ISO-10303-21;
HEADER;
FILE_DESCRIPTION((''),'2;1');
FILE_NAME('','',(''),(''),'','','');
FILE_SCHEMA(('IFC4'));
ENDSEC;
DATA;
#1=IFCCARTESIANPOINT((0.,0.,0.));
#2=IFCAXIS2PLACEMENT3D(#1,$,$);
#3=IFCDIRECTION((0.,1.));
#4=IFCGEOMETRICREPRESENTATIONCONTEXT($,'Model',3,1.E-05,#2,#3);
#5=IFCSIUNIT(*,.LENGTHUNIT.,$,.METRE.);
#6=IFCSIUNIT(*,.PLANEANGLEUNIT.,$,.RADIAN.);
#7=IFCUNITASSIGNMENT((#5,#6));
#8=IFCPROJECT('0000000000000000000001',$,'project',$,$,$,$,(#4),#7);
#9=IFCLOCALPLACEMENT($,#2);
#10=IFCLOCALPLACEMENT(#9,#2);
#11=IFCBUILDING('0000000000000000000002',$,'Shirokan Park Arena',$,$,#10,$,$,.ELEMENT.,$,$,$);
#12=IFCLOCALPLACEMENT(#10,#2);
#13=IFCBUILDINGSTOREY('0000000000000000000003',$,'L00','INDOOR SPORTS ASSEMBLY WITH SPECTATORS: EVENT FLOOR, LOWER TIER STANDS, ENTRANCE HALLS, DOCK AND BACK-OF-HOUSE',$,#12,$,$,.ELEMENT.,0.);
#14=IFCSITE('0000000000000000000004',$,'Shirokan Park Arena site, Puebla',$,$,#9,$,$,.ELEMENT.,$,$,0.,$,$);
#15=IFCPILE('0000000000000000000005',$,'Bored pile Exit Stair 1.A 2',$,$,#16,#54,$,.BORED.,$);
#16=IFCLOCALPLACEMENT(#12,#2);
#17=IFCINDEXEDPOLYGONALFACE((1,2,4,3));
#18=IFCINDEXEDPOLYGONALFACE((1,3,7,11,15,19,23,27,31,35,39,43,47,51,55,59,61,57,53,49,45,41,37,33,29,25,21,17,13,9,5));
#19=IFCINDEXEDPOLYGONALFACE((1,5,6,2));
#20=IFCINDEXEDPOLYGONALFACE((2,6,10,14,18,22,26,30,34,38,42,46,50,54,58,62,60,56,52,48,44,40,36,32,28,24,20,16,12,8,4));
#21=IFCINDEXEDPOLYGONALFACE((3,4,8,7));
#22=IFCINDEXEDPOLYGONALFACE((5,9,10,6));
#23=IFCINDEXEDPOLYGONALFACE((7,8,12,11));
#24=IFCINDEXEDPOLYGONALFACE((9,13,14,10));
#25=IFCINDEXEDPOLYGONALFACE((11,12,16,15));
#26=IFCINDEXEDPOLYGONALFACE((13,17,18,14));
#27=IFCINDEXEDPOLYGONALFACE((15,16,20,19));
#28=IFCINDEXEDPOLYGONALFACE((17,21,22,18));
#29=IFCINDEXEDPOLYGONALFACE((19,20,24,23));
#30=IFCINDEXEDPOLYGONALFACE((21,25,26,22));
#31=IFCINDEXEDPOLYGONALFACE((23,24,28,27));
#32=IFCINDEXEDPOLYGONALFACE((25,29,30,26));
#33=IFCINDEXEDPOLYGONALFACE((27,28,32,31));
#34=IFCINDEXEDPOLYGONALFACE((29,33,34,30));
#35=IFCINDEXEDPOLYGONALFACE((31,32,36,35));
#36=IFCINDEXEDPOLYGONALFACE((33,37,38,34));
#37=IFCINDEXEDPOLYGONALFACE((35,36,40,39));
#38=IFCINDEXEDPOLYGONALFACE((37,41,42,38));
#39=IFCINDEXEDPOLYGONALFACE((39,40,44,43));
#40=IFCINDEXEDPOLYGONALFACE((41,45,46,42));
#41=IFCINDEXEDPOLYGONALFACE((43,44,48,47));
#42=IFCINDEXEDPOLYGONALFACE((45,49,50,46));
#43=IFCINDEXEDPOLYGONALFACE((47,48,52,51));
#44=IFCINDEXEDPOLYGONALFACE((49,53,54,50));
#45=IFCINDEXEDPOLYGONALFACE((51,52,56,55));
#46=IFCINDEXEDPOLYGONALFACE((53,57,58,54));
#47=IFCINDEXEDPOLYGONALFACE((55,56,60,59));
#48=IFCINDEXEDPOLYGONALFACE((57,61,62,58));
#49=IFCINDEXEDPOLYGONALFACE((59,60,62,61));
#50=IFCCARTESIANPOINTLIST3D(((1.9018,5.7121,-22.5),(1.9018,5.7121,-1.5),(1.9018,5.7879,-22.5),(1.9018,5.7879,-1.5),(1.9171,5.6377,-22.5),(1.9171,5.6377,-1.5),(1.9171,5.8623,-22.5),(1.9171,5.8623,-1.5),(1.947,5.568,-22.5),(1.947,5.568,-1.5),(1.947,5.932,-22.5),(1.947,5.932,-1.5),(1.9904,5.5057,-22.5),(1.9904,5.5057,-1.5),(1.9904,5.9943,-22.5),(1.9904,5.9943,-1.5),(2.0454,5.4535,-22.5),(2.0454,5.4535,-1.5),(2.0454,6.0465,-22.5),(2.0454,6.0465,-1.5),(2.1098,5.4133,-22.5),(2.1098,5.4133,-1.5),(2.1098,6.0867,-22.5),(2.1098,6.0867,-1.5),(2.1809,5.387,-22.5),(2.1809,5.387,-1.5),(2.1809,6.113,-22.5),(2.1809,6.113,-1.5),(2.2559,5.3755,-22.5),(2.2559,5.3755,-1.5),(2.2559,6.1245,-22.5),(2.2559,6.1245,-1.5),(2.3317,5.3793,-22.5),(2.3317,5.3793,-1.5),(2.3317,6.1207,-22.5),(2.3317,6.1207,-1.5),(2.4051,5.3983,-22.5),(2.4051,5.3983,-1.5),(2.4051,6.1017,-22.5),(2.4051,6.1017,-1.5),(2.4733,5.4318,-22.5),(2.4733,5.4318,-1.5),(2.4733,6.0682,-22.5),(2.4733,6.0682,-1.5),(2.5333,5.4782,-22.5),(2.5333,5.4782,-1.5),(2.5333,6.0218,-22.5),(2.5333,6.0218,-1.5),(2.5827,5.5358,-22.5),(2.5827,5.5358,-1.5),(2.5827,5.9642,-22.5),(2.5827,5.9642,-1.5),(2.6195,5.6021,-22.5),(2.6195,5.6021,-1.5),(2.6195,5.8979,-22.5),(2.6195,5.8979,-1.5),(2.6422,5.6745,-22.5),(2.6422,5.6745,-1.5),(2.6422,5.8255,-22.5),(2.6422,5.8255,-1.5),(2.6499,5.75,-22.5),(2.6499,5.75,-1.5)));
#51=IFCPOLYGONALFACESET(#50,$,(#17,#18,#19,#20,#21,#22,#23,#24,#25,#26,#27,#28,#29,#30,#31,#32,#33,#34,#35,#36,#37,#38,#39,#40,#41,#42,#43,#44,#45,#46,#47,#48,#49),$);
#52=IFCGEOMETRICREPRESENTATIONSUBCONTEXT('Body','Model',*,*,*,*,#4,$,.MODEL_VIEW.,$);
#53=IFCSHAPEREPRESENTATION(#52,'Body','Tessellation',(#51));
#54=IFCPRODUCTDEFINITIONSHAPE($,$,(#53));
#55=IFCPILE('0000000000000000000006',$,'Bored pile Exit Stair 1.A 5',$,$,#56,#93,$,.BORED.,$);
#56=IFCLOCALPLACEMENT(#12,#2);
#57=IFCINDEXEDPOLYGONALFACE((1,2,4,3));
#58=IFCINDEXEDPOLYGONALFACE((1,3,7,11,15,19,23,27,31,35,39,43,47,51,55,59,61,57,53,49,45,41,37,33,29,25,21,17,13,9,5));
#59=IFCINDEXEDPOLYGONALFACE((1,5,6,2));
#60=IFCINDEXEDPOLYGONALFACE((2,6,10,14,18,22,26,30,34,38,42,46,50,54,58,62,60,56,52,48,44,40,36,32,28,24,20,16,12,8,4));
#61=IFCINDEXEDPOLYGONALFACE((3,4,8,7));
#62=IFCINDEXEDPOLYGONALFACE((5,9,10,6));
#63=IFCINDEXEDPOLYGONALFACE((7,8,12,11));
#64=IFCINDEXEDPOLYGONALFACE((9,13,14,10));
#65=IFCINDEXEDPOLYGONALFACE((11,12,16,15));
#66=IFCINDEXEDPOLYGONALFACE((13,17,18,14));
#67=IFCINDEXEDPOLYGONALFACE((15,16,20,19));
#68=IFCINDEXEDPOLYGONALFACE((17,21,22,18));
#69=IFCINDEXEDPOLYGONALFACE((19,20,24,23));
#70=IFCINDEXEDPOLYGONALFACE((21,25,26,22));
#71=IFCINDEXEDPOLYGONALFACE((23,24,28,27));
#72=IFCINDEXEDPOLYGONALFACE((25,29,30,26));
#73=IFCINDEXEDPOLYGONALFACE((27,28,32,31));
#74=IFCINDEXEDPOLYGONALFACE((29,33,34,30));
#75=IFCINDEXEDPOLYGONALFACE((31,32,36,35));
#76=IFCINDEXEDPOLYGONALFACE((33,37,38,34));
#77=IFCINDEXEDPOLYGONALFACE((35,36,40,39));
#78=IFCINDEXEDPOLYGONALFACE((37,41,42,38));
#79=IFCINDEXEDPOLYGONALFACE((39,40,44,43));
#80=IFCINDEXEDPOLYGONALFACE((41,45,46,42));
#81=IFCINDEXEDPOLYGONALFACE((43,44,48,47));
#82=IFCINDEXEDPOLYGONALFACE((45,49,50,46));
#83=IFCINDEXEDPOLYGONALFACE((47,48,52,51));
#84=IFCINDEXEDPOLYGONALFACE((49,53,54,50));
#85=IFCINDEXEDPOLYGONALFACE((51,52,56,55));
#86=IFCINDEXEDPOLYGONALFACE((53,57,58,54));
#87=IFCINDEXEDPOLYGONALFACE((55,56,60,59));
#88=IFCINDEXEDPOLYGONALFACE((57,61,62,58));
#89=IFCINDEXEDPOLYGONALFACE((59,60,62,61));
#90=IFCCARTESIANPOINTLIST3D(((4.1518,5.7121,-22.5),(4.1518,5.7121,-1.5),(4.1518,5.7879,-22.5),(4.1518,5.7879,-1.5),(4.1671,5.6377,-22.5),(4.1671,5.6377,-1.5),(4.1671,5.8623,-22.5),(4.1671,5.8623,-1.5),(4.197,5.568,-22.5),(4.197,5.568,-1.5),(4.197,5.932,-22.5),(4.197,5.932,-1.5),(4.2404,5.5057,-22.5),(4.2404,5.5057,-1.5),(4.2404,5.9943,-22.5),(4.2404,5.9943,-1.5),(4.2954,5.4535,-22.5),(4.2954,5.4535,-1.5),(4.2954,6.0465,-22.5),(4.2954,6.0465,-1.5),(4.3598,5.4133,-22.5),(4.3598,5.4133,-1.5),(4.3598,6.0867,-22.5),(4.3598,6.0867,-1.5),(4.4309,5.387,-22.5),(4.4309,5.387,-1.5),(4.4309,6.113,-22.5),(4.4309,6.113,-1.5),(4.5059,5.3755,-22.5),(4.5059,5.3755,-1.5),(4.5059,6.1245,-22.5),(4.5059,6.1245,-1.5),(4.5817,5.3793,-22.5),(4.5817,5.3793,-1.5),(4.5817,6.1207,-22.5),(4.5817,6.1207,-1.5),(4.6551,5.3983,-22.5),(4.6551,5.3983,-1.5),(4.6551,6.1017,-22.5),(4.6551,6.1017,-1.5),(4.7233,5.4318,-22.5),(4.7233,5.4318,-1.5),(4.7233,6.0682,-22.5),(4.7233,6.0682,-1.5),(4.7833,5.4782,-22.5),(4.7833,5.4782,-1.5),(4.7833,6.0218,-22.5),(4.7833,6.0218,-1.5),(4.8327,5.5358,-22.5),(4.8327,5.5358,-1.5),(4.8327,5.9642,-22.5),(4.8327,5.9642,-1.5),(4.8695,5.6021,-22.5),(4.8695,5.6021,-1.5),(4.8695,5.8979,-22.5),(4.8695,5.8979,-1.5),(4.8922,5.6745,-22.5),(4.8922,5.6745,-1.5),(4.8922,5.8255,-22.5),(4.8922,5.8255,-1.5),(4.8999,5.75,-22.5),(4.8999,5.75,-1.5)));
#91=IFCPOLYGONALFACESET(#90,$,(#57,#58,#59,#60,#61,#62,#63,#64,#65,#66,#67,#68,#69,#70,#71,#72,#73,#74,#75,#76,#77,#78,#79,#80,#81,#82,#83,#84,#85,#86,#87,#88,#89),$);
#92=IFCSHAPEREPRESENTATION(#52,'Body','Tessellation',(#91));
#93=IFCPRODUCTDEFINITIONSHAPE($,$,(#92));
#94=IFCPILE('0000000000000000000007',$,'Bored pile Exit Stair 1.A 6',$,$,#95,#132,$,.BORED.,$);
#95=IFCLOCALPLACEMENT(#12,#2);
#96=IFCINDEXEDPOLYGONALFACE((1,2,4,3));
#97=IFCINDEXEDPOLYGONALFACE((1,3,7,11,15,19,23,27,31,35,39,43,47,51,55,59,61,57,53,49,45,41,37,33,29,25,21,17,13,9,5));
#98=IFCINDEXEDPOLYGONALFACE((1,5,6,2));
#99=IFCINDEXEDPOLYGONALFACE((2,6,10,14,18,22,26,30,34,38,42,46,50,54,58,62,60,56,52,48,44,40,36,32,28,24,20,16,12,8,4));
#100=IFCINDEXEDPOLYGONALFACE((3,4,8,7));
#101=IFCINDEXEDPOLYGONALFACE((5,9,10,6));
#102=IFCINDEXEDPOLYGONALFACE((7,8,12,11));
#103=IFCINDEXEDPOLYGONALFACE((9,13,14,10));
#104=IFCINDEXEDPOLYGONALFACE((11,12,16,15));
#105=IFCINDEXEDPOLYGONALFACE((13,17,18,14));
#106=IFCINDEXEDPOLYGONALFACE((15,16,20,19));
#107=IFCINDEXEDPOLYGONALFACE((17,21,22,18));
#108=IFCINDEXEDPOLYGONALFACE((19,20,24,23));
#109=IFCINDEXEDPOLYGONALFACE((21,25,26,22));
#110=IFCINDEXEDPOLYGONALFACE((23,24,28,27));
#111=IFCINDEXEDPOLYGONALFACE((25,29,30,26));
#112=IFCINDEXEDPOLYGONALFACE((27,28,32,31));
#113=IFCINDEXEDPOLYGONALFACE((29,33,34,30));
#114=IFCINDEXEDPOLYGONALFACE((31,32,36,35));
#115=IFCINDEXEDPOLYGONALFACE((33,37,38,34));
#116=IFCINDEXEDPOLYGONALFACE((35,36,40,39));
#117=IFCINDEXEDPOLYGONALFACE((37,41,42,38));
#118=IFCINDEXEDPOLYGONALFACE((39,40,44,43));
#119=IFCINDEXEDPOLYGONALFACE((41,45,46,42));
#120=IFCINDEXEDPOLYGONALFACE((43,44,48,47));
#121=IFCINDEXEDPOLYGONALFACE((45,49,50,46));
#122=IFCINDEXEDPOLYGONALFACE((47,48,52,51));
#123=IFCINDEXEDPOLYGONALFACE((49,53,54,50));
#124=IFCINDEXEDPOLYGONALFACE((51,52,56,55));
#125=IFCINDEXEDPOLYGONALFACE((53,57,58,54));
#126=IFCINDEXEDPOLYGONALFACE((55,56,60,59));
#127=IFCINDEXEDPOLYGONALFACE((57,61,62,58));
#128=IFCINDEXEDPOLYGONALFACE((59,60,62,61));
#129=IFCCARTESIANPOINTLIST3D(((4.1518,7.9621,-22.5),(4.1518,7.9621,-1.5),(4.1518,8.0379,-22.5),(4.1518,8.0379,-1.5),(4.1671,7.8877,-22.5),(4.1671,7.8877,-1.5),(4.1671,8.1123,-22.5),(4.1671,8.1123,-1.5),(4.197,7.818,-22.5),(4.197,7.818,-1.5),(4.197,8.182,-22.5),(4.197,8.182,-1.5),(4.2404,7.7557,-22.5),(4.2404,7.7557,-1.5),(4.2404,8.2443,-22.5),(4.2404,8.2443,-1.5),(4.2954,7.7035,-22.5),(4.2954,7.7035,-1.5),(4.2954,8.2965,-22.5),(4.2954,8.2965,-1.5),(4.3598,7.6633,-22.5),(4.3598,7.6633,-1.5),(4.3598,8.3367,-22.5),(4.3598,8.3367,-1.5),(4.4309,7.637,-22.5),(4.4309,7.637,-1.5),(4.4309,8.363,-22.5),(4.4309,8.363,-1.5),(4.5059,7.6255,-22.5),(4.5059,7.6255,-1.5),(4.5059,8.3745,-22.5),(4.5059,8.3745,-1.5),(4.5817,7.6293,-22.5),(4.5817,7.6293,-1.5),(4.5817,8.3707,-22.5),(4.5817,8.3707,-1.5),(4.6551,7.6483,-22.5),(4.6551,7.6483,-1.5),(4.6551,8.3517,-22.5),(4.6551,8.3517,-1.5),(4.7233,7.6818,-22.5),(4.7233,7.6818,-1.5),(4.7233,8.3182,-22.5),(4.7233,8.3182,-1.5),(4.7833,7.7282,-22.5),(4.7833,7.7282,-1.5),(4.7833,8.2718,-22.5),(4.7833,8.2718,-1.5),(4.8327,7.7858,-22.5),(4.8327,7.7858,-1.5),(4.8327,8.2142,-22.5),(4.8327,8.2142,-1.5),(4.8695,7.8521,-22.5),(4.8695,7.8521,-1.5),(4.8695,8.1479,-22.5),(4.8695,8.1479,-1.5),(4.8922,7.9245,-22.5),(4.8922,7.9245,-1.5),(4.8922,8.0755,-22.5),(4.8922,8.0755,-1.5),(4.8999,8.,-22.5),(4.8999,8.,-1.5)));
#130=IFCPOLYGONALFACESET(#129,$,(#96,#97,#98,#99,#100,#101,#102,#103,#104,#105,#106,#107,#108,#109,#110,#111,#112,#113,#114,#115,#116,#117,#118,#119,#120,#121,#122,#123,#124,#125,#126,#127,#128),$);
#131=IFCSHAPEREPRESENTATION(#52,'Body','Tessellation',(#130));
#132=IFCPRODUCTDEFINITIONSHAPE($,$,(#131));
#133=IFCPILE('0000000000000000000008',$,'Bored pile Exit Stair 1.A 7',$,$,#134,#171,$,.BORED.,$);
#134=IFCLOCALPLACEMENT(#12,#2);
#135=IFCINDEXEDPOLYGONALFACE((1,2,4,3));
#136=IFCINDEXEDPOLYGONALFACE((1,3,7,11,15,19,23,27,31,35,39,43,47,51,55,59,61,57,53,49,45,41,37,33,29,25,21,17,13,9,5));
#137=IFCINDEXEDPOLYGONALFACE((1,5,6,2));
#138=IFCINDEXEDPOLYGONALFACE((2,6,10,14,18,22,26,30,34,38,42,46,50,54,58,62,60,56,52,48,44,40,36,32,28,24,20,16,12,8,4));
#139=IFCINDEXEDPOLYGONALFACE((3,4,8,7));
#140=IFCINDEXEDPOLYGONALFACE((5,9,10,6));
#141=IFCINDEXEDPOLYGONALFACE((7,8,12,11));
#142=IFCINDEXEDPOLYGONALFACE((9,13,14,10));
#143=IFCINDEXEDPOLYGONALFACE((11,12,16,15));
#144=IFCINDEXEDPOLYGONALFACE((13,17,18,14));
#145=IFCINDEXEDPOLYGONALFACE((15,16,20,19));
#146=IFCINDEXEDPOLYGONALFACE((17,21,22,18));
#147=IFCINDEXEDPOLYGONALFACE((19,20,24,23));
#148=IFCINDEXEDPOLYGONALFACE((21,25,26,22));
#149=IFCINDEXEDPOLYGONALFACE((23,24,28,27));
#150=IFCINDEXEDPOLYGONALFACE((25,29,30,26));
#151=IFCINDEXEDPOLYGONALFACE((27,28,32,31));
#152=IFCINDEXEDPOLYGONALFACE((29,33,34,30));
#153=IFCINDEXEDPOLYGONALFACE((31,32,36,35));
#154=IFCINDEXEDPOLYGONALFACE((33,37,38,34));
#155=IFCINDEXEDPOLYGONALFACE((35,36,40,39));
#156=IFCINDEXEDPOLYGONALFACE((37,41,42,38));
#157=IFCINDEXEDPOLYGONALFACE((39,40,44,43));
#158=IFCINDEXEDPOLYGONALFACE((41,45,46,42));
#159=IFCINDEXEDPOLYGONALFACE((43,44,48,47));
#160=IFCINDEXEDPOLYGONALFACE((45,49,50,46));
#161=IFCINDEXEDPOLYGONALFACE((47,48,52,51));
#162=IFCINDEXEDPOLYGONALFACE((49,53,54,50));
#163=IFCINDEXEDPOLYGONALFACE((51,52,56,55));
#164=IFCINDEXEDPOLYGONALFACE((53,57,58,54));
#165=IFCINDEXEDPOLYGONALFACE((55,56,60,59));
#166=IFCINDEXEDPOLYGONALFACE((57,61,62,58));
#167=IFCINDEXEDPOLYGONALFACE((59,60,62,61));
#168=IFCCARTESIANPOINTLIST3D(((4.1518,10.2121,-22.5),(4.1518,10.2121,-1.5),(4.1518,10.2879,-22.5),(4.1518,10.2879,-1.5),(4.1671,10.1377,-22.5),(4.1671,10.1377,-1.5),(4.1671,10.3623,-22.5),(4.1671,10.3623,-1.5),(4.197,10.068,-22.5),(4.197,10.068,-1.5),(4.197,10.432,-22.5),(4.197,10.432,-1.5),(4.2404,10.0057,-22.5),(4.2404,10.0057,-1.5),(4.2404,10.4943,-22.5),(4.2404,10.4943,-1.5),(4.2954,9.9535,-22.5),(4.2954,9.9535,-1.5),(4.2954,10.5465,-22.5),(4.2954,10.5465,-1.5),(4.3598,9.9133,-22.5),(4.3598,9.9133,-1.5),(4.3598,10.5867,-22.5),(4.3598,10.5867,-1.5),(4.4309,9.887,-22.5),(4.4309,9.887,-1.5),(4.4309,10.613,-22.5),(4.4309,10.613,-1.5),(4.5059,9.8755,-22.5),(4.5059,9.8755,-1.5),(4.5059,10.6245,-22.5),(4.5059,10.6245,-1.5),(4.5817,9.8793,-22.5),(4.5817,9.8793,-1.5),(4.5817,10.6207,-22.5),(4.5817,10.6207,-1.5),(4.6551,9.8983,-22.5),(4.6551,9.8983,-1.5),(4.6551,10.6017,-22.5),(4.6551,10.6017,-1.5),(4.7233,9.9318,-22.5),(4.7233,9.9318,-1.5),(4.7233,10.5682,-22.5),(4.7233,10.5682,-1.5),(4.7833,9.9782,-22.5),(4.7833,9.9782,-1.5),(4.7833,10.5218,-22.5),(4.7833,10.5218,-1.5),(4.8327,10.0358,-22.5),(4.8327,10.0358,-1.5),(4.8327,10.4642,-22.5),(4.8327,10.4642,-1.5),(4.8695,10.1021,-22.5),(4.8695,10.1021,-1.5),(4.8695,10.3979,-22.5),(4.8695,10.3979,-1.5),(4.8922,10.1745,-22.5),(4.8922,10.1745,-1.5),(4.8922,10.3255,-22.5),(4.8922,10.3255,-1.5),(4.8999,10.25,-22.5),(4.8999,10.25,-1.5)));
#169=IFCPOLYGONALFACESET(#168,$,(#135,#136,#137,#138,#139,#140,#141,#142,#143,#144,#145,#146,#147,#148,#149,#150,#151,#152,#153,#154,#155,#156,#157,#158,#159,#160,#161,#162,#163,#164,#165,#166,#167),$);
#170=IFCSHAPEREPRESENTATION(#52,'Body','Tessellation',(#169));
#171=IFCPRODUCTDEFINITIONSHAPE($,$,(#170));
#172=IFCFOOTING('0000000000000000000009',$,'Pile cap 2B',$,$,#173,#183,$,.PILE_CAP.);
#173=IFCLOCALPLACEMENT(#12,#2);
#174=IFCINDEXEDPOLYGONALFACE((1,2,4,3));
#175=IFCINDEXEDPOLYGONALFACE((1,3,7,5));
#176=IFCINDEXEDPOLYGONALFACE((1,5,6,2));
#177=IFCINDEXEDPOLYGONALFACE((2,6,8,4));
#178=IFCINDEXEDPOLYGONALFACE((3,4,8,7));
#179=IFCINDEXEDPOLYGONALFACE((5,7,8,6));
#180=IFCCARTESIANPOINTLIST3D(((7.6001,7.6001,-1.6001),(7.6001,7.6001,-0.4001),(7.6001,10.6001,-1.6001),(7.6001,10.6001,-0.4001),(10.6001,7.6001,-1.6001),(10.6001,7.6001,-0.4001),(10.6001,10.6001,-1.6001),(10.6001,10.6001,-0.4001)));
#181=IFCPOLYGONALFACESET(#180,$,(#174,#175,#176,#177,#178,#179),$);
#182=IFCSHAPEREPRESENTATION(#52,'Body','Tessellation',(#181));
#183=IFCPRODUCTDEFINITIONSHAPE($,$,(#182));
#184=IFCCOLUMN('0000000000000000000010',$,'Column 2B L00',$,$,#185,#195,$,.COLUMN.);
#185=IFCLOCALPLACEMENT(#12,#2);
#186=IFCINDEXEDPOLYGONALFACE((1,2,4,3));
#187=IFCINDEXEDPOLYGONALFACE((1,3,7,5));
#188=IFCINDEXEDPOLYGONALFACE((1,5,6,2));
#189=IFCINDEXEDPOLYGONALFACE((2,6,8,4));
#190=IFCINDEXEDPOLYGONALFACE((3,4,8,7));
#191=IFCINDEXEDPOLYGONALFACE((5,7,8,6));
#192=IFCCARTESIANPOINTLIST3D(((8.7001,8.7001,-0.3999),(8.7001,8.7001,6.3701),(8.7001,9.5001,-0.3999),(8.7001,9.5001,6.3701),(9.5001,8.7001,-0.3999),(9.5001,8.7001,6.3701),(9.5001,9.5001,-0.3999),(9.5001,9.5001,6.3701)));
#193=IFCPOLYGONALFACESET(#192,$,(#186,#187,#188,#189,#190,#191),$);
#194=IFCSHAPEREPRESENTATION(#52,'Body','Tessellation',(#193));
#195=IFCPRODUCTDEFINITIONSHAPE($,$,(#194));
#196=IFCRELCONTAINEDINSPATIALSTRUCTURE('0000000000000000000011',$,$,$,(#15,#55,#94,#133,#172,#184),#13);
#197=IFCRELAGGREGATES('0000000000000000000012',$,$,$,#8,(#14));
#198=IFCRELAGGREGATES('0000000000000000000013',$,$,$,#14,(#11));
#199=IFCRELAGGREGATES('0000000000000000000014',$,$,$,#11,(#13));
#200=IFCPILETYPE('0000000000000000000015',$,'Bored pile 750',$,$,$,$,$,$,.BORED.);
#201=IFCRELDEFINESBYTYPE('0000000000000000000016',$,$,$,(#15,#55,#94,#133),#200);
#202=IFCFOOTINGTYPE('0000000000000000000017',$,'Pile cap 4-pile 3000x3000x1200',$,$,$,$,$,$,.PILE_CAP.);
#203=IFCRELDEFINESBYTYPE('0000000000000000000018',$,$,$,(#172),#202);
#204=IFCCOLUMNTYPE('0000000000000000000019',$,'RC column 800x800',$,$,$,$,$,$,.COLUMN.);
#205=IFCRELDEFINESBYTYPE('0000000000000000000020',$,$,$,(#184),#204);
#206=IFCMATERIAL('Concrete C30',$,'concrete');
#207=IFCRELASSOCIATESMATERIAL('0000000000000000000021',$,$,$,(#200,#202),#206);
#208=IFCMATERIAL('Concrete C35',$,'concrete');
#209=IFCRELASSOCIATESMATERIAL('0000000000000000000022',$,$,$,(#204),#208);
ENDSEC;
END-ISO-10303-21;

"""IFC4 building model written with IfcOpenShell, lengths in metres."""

from ifc_helpers import new_model, si_unit, direction, frame, origin, origin_2d, place, context, subcontext, project, spatial, rectangle, circle, extrude, material, material_profile, profile_set, type_object, element, save


model = new_model("IFC4")

# Units and contexts
model_context = context("Model", 3, precision=1e-05, world=origin(), true_north=direction((0.0, 1.0)))
body_context = subcontext(model_context, "Body", "Model", "MODEL_VIEW")
ifc_project = project(units=[si_unit("LENGTHUNIT", "METRE"), si_unit("PLANEANGLEUNIT", "RADIAN")], contexts=[model_context])

# Site, building, storey
site_placement = place(None, origin())
site = spatial("IfcSite", under=ifc_project, at=site_placement, Name="Shirokan Park Arena site, Puebla", CompositionType="ELEMENT", RefElevation=0.0)
building_placement = place(site_placement, origin())
building = spatial("IfcBuilding", under=site, at=building_placement, Name="Shirokan Park Arena", CompositionType="ELEMENT")
storey_placement = place(building_placement, origin())
storey = spatial("IfcBuildingStorey", under=building, at=storey_placement, Name="L00", Description="INDOOR SPORTS ASSEMBLY WITH SPECTATORS: EVENT FLOOR, LOWER TIER STANDS, ENTRANCE HALLS, DOCK AND BACK-OF-HOUSE", CompositionType="ELEMENT", Elevation=0.0)

# Piles
ifc_material_1 = material(Name="Concrete C30", Category="concrete")
ifc_material_profile_1 = material_profile(ifc_material_1, circle(Radius=0.375, at=origin_2d()), Name="D750")
ifc_profile_set_1 = profile_set([ifc_material_profile_1], Name="Concrete C30")
pile_type_1 = type_object("IfcPileType", Name="Bored pile 750", PredefinedType="BORED", material=ifc_profile_set_1)
for number, where, z_axis, x_axis, name in (
    (1, (2.2749, 5.75, -1.5), (0.0, 0.0, -1.0), (1.0, 0.0, 0.0), "Bored pile Exit Stair 1.A 2"),
    (2, (4.5249, 5.75, -1.5), (0.0, 0.0, -1.0), (1.0, 0.0, 0.0), "Bored pile Exit Stair 1.A 5"),
    (3, (4.5249, 8.0, -1.5), (0.0, 0.0, -1.0), (1.0, 0.0, 0.0), "Bored pile Exit Stair 1.A 6"),
    (4, (4.5249, 10.25, -1.5), (0.0, 0.0, -1.0), (1.0, 0.0, 0.0), "Bored pile Exit Stair 1.A 7"),
):
    element("IfcPile", number, at=place(storey_placement, frame(where, z_axis=z_axis, x_axis=x_axis)), inside=storey, type_object=pile_type_1, Name=name, PredefinedType="BORED", context=body_context, shape_type="SweptSolid", body=[
        extrude(circle(Radius=0.375, at=origin_2d()), origin(), (0.0, 0.0, 1.0), 21.0),
    ])

# Footing
footing_type = type_object("IfcFootingType", Name="Pile cap 4-pile 3000x3000x1200", PredefinedType="PILE_CAP", material=ifc_material_1)
footing_placement = place(storey_placement, frame((9.1001, 9.1001, -1.6001), z_axis=(0.0, 0.0, 1.0), x_axis=(1.0, 0.0, 0.0)))
element("IfcFooting", 5, at=footing_placement, inside=storey, type_object=footing_type, Name="Pile cap 2B", PredefinedType="PILE_CAP", context=body_context, shape_type="SweptSolid", body=[
    extrude(rectangle(XDim=3.0, YDim=3.0, at=origin_2d()), origin(), (0.0, 0.0, 1.0), 1.2),
])

# Column
ifc_material_2 = material(Name="Concrete C35", Category="concrete")
ifc_material_profile_2 = material_profile(ifc_material_2, rectangle(XDim=0.8, YDim=0.8, at=origin_2d()), Name="800x800")
ifc_profile_set_2 = profile_set([ifc_material_profile_2], Name="Concrete C35")
column_type = type_object("IfcColumnType", Name="RC column 800x800", PredefinedType="COLUMN", material=ifc_profile_set_2)
column_placement = place(storey_placement, frame((9.1001, 9.1001, -0.3999), z_axis=(0.0, 0.0, 1.0), x_axis=(1.0, 0.0, 0.0)))
element("IfcColumn", 6, at=column_placement, inside=storey, type_object=column_type, Name="Column 2B L00", PredefinedType="COLUMN", context=body_context, shape_type="SweptSolid", body=[
    extrude(rectangle(XDim=0.8, YDim=0.8, at=origin_2d()), origin(), (0.0, 0.0, 1.0), 6.77),
])

save(model, "model.ifc")
